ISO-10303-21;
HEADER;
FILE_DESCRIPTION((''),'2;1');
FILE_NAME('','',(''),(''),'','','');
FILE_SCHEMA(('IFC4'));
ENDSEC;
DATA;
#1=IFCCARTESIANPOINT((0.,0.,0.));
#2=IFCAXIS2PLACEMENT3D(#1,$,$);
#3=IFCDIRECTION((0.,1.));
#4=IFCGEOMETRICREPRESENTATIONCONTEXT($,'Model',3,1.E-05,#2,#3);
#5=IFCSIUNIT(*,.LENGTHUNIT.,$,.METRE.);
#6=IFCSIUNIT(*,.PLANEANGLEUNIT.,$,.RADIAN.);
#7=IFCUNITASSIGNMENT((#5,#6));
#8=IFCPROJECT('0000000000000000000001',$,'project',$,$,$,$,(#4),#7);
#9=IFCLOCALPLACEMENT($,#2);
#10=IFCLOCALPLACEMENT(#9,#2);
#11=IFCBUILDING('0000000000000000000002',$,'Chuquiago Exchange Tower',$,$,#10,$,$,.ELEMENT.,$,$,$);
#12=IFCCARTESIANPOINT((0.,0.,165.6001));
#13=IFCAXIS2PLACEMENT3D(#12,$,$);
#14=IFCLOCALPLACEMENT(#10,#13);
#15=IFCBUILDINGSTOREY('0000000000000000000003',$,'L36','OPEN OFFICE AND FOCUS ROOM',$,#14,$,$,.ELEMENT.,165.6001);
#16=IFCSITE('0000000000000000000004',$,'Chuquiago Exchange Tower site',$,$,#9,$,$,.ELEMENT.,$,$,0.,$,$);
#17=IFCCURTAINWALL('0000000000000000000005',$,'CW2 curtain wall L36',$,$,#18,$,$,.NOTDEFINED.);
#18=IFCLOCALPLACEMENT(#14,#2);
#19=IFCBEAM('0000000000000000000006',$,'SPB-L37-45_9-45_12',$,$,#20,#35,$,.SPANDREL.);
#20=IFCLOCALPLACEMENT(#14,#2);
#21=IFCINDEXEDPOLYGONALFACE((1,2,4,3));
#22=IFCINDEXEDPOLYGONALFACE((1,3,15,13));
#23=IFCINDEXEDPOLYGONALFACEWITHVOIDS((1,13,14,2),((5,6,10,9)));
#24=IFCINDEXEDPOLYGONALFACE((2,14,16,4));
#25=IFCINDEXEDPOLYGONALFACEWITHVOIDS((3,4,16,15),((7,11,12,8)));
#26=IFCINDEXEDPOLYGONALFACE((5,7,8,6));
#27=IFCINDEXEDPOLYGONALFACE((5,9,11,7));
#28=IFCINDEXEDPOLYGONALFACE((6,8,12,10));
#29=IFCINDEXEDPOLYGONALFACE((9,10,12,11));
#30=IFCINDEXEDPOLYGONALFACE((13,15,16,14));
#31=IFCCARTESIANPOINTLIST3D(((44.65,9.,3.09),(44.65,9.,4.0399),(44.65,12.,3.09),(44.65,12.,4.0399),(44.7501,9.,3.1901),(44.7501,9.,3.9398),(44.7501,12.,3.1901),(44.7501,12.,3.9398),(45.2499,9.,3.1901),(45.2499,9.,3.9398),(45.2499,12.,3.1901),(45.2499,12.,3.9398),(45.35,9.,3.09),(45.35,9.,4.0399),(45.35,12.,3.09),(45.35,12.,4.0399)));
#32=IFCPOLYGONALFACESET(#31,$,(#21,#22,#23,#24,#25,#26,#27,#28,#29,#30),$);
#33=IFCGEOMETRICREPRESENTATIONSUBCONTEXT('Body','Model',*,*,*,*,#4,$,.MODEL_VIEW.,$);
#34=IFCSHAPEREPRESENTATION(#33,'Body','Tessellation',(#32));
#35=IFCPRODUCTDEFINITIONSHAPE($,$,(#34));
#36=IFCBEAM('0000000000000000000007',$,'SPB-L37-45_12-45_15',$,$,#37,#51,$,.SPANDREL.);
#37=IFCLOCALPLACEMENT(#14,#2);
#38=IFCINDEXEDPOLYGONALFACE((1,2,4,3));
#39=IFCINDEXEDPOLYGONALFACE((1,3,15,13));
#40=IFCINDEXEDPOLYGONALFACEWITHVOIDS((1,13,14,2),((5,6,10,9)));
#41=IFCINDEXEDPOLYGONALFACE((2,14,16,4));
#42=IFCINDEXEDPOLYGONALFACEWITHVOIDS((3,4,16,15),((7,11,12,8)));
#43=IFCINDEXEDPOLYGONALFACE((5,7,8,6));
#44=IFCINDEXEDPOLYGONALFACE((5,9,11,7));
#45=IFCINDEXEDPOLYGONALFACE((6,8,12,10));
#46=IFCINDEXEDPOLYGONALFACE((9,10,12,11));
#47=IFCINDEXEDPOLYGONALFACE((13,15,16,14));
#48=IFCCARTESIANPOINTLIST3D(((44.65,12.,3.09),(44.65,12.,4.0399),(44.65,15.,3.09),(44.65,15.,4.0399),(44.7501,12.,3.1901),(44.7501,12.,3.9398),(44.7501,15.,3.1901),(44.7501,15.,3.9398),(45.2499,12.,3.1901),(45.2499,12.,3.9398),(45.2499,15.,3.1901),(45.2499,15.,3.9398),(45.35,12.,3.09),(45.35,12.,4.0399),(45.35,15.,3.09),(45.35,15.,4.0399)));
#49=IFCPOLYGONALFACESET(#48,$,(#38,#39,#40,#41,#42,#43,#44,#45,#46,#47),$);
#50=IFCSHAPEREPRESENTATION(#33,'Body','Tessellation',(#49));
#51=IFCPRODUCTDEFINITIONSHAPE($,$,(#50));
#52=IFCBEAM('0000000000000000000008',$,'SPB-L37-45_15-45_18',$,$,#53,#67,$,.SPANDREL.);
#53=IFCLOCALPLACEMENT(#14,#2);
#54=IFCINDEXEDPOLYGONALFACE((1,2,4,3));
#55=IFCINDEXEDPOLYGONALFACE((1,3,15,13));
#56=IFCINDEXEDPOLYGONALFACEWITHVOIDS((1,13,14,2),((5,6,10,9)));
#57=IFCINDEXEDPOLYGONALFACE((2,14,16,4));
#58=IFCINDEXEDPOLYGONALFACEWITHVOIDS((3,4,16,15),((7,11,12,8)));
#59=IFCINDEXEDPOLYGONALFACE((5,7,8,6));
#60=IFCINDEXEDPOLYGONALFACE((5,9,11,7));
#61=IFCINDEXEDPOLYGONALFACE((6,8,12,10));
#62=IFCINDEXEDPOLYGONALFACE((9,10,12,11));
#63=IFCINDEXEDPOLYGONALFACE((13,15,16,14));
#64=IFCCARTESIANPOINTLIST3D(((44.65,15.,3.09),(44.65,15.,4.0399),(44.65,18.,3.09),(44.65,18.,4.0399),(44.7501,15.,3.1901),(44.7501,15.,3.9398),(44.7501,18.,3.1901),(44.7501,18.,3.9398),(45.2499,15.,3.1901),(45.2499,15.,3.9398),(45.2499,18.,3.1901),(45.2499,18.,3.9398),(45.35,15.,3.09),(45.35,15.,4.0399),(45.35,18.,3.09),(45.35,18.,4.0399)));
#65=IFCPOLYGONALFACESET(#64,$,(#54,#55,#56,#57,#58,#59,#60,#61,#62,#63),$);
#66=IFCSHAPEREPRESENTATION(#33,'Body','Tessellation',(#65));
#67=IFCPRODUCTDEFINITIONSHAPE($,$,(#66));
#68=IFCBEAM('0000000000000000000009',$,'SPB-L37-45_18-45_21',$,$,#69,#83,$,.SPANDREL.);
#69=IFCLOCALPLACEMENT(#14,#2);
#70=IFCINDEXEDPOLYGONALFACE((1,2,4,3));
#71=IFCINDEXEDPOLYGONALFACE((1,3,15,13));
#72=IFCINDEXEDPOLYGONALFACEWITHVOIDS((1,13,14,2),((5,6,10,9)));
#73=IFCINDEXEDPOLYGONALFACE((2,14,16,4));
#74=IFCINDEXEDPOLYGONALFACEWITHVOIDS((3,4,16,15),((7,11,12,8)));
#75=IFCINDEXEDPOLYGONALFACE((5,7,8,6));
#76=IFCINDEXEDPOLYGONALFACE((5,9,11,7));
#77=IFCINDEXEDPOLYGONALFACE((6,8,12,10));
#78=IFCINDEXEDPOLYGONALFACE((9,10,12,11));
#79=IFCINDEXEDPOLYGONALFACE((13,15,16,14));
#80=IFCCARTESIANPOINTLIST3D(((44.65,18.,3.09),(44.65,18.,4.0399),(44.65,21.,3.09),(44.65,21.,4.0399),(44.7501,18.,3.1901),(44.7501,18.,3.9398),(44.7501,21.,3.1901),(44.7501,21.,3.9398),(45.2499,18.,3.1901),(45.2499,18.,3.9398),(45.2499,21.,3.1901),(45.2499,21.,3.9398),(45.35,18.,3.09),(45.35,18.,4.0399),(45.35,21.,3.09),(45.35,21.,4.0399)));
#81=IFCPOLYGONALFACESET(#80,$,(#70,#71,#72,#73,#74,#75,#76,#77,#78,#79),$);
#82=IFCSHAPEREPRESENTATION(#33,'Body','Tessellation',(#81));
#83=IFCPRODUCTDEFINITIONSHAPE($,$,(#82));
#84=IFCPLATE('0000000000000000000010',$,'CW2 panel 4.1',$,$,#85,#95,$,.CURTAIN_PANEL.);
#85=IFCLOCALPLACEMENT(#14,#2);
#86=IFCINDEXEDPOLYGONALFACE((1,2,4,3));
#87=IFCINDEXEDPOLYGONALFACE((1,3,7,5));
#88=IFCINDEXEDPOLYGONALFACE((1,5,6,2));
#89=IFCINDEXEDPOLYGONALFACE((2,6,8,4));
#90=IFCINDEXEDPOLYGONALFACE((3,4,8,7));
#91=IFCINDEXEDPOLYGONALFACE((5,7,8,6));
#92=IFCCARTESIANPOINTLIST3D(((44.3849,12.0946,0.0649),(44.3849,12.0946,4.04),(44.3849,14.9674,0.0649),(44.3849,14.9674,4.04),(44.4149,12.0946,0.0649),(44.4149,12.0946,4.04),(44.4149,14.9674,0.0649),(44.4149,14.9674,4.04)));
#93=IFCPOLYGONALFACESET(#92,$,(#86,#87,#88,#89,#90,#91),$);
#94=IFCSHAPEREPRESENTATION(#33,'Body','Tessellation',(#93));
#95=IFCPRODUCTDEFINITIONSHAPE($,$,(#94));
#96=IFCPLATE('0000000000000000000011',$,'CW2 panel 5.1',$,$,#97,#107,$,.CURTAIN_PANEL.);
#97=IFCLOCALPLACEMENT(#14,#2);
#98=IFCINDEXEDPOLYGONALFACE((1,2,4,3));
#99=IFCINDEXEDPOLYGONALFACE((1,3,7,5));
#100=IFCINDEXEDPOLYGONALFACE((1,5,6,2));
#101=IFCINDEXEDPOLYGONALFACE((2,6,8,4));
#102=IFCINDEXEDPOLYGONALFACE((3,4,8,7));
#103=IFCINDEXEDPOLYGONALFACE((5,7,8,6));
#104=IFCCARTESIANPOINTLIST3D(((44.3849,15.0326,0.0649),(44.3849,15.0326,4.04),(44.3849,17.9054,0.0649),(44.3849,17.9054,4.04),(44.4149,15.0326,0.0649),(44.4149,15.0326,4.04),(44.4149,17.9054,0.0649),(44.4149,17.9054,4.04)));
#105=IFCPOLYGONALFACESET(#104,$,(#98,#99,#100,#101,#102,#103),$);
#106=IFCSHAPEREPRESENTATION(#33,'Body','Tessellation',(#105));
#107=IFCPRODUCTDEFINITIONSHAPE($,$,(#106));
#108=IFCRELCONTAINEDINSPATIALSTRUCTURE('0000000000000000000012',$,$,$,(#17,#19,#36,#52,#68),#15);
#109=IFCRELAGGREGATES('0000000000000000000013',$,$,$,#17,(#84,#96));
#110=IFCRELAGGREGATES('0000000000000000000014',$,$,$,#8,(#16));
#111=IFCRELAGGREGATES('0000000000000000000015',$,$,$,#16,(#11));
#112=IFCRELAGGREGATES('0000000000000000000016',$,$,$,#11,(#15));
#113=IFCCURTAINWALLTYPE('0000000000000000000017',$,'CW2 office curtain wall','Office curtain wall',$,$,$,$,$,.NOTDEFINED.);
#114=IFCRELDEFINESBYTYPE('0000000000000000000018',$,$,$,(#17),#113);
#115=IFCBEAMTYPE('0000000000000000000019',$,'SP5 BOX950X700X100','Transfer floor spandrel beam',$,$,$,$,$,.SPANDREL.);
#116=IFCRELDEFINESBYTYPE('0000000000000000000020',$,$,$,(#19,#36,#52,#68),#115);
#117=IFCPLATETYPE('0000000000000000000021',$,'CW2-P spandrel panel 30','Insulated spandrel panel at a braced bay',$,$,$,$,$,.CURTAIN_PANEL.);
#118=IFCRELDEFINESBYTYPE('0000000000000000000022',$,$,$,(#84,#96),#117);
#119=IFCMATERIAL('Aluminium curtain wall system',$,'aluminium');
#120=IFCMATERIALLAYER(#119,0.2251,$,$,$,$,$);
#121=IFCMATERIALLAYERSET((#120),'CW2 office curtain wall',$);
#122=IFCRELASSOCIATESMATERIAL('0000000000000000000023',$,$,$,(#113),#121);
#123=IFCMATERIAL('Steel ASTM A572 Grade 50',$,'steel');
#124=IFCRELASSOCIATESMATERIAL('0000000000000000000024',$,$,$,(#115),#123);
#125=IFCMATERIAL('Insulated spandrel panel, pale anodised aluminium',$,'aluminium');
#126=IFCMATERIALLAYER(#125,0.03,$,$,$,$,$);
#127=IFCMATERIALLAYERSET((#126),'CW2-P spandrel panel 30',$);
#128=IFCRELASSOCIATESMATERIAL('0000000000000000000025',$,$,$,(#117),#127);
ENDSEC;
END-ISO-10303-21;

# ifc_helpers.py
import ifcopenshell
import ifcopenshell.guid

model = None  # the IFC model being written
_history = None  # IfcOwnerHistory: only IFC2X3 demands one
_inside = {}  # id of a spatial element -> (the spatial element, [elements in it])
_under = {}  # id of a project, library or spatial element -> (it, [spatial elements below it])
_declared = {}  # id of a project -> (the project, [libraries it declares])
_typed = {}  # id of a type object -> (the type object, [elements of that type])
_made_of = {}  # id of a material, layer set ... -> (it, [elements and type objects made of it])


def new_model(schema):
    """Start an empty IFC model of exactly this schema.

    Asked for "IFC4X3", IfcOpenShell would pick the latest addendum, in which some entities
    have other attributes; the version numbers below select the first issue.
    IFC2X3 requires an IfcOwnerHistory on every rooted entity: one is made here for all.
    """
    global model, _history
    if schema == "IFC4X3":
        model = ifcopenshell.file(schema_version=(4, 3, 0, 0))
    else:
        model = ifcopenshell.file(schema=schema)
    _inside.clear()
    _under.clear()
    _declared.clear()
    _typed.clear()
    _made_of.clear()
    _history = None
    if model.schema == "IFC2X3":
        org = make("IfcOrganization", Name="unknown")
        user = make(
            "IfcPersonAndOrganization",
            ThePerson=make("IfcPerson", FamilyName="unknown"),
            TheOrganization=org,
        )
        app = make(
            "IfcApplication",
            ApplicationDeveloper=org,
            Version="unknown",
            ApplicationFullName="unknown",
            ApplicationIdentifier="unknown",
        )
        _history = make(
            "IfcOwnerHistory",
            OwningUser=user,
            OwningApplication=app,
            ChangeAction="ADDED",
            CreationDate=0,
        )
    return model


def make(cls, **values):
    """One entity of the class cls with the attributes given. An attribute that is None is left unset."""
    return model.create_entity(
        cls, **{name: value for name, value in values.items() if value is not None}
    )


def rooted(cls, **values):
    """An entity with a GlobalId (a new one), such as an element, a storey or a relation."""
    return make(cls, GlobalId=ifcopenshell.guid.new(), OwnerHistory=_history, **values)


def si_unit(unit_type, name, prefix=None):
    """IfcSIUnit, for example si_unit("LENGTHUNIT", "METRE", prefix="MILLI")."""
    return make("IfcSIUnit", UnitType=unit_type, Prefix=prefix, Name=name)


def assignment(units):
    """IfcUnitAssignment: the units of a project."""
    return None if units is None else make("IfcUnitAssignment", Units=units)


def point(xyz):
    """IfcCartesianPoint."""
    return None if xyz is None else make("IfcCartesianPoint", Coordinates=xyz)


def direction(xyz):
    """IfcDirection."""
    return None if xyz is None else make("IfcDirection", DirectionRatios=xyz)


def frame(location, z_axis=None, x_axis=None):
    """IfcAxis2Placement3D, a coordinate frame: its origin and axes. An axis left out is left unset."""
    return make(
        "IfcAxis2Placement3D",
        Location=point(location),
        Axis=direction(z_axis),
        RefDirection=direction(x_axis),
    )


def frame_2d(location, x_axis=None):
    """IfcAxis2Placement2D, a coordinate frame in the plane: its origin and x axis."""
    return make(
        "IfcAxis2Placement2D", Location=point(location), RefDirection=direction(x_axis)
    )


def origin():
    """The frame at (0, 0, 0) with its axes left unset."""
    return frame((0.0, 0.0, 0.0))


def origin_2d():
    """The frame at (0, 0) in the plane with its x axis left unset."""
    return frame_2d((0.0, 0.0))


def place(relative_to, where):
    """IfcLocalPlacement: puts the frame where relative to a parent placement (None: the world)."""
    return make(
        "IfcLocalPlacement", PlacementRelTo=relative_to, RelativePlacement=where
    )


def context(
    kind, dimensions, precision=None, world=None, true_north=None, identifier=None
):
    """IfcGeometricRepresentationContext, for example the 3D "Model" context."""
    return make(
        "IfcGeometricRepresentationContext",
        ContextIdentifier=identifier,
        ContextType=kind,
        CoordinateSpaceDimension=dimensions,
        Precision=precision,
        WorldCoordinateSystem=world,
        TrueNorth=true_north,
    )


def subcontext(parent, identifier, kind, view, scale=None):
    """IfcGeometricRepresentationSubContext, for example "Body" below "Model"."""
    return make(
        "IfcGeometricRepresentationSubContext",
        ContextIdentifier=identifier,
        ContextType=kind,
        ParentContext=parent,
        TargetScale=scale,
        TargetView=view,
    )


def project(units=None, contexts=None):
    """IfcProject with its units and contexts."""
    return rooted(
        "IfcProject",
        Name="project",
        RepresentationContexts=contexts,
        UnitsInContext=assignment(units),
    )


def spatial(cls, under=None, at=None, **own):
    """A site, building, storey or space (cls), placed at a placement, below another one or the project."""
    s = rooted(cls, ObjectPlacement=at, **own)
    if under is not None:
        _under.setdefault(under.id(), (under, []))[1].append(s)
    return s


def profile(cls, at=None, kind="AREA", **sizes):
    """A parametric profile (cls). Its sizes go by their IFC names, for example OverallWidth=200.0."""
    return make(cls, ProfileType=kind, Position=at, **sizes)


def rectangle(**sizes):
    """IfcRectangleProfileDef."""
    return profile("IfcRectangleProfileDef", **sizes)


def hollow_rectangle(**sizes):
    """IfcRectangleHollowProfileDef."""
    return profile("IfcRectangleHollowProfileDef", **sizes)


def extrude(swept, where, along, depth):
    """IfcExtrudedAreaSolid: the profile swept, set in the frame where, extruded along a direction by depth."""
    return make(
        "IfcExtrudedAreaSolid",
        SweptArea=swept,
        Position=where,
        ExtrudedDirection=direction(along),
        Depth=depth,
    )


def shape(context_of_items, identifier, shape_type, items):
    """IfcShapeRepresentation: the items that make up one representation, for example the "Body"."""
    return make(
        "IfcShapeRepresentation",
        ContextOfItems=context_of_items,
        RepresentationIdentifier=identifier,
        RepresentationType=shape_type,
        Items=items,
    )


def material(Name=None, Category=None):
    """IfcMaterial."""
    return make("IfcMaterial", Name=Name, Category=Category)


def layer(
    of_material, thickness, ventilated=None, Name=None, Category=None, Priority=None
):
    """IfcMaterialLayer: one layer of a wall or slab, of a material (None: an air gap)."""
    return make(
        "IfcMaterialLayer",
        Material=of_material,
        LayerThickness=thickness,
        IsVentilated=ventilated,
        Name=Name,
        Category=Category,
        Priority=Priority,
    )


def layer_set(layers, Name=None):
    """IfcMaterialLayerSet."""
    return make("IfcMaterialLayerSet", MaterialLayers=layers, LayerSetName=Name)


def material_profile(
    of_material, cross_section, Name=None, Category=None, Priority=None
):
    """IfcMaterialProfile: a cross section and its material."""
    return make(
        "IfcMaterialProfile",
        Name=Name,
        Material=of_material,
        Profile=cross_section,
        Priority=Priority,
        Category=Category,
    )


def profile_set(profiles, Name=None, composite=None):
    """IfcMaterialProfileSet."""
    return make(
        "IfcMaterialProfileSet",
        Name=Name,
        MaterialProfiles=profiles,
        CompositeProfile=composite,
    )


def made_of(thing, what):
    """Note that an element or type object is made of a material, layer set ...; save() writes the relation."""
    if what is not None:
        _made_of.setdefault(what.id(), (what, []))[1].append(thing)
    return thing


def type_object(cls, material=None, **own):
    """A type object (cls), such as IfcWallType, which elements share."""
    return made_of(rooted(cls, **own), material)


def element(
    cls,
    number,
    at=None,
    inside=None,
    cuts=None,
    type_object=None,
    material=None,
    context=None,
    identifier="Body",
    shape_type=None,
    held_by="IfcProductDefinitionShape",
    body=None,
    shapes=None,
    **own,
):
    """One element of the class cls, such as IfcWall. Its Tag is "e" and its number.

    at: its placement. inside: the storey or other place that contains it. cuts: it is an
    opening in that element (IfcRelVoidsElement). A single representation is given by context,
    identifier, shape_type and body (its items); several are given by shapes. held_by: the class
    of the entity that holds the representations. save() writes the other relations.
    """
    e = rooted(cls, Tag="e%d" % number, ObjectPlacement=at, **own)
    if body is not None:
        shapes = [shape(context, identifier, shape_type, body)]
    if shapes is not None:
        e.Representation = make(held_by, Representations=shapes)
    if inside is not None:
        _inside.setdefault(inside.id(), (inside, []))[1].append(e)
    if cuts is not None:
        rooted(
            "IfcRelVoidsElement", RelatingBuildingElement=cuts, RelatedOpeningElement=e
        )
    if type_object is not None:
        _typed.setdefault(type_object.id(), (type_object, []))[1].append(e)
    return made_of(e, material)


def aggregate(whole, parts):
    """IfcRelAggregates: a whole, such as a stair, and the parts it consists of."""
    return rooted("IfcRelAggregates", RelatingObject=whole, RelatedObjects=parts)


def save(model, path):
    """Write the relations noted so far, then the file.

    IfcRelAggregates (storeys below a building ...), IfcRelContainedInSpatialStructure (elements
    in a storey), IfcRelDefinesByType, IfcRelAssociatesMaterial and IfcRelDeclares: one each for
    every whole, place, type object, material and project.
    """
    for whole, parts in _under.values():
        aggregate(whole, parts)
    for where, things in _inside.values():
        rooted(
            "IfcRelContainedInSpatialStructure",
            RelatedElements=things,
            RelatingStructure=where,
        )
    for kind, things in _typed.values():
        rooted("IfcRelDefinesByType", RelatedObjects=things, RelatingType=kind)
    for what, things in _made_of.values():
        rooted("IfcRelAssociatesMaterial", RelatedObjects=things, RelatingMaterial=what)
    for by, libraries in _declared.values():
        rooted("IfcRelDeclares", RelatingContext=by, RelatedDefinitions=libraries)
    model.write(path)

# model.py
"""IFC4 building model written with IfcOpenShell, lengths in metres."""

from ifc_helpers import new_model, si_unit, direction, frame, origin, origin_2d, place, context, subcontext, project, spatial, rectangle, hollow_rectangle, extrude, material, layer, layer_set, material_profile, profile_set, type_object, element, aggregate, save


model = new_model("IFC4")

# Units and contexts
model_context = context("Model", 3, precision=1e-05, world=origin(), true_north=direction((0.0, 1.0)))
body_context = subcontext(model_context, "Body", "Model", "MODEL_VIEW")
ifc_project = project(units=[si_unit("LENGTHUNIT", "METRE"), si_unit("PLANEANGLEUNIT", "RADIAN")], contexts=[model_context])

# Site, building, storey
site_placement = place(None, origin())
site = spatial("IfcSite", under=ifc_project, at=site_placement, Name="Chuquiago Exchange Tower site", CompositionType="ELEMENT", RefElevation=0.0)
building_placement = place(site_placement, origin())
building = spatial("IfcBuilding", under=site, at=building_placement, Name="Chuquiago Exchange Tower", CompositionType="ELEMENT")
storey_placement = place(building_placement, frame((0.0, 0.0, 165.6001)))
storey = spatial("IfcBuildingStorey", under=building, at=storey_placement, Name="L36", Description="OPEN OFFICE AND FOCUS ROOM", CompositionType="ELEMENT", Elevation=165.6001)

# Curtain wall
ifc_material_1 = material(Name="Aluminium curtain wall system", Category="aluminium")
ifc_layer_1 = layer(ifc_material_1, 0.2251)
ifc_layer_set_1 = layer_set([ifc_layer_1], Name="CW2 office curtain wall")
curtain_wall_type = type_object("IfcCurtainWallType", Name="CW2 office curtain wall", Description="Office curtain wall", PredefinedType="NOTDEFINED", material=ifc_layer_set_1)
curtain_wall_placement = place(storey_placement, origin())
curtain_wall = element("IfcCurtainWall", 1, at=curtain_wall_placement, inside=storey, type_object=curtain_wall_type, Name="CW2 curtain wall L36", PredefinedType="NOTDEFINED")

# Beams
ifc_material_2 = material(Name="Steel ASTM A572 Grade 50", Category="steel")
ifc_material_profile_1 = material_profile(ifc_material_2, hollow_rectangle(XDim=0.7, YDim=0.95, WallThickness=0.1001, at=origin_2d()), Name="BOX950X700X100")
ifc_profile_set_1 = profile_set([ifc_material_profile_1], Name="Steel ASTM A572 Grade 50")
beam_type = type_object("IfcBeamType", Name="SP5 BOX950X700X100", Description="Transfer floor spandrel beam", PredefinedType="SPANDREL", material=ifc_profile_set_1)
for number, where, z_axis, x_axis, name in (
    (2, (45.0, 9.0, 3.5649), (0.0, 1.0, 0.0), (-1.0, 0.0, 0.0), "SPB-L37-45_9-45_12"),
    (3, (45.0, 12.0, 3.5649), (0.0, 1.0, 0.0), (-1.0, 0.0, 0.0), "SPB-L37-45_12-45_15"),
    (4, (45.0, 15.0, 3.5649), (0.0, 1.0, 0.0), (-1.0, 0.0, 0.0), "SPB-L37-45_15-45_18"),
    (5, (45.0, 18.0, 3.5649), (0.0, 1.0, 0.0), (-1.0, 0.0, 0.0), "SPB-L37-45_18-45_21"),
):
    element("IfcBeam", number, at=place(storey_placement, frame(where, z_axis=z_axis, x_axis=x_axis)), inside=storey, type_object=beam_type, Name=name, PredefinedType="SPANDREL", context=body_context, shape_type="SweptSolid", body=[
        extrude(hollow_rectangle(XDim=0.7, YDim=0.95, WallThickness=0.1001, at=origin_2d()), origin(), (0.0, 0.0, 1.0), 3.0),
    ])

# Plates
ifc_material_3 = material(Name="Insulated spandrel panel, pale anodised aluminium", Category="aluminium")
ifc_layer_2 = layer(ifc_material_3, 0.03)
ifc_layer_set_2 = layer_set([ifc_layer_2], Name="CW2-P spandrel panel 30")
plate_type = type_object("IfcPlateType", Name="CW2-P spandrel panel 30", Description="Insulated spandrel panel at a braced bay", PredefinedType="CURTAIN_PANEL", material=ifc_layer_set_2)
plate_1_placement = place(storey_placement, frame((44.3999, 13.531, 0.0649), z_axis=(0.0, 0.0, 1.0), x_axis=(0.0, 1.0, 0.0)))
plate_1 = element("IfcPlate", 6, at=plate_1_placement, type_object=plate_type, Name="CW2 panel 4.1", PredefinedType="CURTAIN_PANEL", context=body_context, shape_type="SweptSolid", body=[
    extrude(rectangle(XDim=2.8728, YDim=0.03, at=origin_2d()), origin(), (0.0, 0.0, 1.0), 3.9751),
])
plate_2_placement = place(storey_placement, frame((44.3999, 16.469, 0.0649), z_axis=(0.0, 0.0, 1.0), x_axis=(0.0, 1.0, 0.0)))
plate_2 = element("IfcPlate", 7, at=plate_2_placement, type_object=plate_type, Name="CW2 panel 5.1", PredefinedType="CURTAIN_PANEL", context=body_context, shape_type="SweptSolid", body=[
    extrude(rectangle(XDim=2.8728, YDim=0.03, at=origin_2d()), origin(), (0.0, 0.0, 1.0), 3.9751),
])
aggregate(curtain_wall, [plate_1, plate_2])

save(model, "model.ifc")
